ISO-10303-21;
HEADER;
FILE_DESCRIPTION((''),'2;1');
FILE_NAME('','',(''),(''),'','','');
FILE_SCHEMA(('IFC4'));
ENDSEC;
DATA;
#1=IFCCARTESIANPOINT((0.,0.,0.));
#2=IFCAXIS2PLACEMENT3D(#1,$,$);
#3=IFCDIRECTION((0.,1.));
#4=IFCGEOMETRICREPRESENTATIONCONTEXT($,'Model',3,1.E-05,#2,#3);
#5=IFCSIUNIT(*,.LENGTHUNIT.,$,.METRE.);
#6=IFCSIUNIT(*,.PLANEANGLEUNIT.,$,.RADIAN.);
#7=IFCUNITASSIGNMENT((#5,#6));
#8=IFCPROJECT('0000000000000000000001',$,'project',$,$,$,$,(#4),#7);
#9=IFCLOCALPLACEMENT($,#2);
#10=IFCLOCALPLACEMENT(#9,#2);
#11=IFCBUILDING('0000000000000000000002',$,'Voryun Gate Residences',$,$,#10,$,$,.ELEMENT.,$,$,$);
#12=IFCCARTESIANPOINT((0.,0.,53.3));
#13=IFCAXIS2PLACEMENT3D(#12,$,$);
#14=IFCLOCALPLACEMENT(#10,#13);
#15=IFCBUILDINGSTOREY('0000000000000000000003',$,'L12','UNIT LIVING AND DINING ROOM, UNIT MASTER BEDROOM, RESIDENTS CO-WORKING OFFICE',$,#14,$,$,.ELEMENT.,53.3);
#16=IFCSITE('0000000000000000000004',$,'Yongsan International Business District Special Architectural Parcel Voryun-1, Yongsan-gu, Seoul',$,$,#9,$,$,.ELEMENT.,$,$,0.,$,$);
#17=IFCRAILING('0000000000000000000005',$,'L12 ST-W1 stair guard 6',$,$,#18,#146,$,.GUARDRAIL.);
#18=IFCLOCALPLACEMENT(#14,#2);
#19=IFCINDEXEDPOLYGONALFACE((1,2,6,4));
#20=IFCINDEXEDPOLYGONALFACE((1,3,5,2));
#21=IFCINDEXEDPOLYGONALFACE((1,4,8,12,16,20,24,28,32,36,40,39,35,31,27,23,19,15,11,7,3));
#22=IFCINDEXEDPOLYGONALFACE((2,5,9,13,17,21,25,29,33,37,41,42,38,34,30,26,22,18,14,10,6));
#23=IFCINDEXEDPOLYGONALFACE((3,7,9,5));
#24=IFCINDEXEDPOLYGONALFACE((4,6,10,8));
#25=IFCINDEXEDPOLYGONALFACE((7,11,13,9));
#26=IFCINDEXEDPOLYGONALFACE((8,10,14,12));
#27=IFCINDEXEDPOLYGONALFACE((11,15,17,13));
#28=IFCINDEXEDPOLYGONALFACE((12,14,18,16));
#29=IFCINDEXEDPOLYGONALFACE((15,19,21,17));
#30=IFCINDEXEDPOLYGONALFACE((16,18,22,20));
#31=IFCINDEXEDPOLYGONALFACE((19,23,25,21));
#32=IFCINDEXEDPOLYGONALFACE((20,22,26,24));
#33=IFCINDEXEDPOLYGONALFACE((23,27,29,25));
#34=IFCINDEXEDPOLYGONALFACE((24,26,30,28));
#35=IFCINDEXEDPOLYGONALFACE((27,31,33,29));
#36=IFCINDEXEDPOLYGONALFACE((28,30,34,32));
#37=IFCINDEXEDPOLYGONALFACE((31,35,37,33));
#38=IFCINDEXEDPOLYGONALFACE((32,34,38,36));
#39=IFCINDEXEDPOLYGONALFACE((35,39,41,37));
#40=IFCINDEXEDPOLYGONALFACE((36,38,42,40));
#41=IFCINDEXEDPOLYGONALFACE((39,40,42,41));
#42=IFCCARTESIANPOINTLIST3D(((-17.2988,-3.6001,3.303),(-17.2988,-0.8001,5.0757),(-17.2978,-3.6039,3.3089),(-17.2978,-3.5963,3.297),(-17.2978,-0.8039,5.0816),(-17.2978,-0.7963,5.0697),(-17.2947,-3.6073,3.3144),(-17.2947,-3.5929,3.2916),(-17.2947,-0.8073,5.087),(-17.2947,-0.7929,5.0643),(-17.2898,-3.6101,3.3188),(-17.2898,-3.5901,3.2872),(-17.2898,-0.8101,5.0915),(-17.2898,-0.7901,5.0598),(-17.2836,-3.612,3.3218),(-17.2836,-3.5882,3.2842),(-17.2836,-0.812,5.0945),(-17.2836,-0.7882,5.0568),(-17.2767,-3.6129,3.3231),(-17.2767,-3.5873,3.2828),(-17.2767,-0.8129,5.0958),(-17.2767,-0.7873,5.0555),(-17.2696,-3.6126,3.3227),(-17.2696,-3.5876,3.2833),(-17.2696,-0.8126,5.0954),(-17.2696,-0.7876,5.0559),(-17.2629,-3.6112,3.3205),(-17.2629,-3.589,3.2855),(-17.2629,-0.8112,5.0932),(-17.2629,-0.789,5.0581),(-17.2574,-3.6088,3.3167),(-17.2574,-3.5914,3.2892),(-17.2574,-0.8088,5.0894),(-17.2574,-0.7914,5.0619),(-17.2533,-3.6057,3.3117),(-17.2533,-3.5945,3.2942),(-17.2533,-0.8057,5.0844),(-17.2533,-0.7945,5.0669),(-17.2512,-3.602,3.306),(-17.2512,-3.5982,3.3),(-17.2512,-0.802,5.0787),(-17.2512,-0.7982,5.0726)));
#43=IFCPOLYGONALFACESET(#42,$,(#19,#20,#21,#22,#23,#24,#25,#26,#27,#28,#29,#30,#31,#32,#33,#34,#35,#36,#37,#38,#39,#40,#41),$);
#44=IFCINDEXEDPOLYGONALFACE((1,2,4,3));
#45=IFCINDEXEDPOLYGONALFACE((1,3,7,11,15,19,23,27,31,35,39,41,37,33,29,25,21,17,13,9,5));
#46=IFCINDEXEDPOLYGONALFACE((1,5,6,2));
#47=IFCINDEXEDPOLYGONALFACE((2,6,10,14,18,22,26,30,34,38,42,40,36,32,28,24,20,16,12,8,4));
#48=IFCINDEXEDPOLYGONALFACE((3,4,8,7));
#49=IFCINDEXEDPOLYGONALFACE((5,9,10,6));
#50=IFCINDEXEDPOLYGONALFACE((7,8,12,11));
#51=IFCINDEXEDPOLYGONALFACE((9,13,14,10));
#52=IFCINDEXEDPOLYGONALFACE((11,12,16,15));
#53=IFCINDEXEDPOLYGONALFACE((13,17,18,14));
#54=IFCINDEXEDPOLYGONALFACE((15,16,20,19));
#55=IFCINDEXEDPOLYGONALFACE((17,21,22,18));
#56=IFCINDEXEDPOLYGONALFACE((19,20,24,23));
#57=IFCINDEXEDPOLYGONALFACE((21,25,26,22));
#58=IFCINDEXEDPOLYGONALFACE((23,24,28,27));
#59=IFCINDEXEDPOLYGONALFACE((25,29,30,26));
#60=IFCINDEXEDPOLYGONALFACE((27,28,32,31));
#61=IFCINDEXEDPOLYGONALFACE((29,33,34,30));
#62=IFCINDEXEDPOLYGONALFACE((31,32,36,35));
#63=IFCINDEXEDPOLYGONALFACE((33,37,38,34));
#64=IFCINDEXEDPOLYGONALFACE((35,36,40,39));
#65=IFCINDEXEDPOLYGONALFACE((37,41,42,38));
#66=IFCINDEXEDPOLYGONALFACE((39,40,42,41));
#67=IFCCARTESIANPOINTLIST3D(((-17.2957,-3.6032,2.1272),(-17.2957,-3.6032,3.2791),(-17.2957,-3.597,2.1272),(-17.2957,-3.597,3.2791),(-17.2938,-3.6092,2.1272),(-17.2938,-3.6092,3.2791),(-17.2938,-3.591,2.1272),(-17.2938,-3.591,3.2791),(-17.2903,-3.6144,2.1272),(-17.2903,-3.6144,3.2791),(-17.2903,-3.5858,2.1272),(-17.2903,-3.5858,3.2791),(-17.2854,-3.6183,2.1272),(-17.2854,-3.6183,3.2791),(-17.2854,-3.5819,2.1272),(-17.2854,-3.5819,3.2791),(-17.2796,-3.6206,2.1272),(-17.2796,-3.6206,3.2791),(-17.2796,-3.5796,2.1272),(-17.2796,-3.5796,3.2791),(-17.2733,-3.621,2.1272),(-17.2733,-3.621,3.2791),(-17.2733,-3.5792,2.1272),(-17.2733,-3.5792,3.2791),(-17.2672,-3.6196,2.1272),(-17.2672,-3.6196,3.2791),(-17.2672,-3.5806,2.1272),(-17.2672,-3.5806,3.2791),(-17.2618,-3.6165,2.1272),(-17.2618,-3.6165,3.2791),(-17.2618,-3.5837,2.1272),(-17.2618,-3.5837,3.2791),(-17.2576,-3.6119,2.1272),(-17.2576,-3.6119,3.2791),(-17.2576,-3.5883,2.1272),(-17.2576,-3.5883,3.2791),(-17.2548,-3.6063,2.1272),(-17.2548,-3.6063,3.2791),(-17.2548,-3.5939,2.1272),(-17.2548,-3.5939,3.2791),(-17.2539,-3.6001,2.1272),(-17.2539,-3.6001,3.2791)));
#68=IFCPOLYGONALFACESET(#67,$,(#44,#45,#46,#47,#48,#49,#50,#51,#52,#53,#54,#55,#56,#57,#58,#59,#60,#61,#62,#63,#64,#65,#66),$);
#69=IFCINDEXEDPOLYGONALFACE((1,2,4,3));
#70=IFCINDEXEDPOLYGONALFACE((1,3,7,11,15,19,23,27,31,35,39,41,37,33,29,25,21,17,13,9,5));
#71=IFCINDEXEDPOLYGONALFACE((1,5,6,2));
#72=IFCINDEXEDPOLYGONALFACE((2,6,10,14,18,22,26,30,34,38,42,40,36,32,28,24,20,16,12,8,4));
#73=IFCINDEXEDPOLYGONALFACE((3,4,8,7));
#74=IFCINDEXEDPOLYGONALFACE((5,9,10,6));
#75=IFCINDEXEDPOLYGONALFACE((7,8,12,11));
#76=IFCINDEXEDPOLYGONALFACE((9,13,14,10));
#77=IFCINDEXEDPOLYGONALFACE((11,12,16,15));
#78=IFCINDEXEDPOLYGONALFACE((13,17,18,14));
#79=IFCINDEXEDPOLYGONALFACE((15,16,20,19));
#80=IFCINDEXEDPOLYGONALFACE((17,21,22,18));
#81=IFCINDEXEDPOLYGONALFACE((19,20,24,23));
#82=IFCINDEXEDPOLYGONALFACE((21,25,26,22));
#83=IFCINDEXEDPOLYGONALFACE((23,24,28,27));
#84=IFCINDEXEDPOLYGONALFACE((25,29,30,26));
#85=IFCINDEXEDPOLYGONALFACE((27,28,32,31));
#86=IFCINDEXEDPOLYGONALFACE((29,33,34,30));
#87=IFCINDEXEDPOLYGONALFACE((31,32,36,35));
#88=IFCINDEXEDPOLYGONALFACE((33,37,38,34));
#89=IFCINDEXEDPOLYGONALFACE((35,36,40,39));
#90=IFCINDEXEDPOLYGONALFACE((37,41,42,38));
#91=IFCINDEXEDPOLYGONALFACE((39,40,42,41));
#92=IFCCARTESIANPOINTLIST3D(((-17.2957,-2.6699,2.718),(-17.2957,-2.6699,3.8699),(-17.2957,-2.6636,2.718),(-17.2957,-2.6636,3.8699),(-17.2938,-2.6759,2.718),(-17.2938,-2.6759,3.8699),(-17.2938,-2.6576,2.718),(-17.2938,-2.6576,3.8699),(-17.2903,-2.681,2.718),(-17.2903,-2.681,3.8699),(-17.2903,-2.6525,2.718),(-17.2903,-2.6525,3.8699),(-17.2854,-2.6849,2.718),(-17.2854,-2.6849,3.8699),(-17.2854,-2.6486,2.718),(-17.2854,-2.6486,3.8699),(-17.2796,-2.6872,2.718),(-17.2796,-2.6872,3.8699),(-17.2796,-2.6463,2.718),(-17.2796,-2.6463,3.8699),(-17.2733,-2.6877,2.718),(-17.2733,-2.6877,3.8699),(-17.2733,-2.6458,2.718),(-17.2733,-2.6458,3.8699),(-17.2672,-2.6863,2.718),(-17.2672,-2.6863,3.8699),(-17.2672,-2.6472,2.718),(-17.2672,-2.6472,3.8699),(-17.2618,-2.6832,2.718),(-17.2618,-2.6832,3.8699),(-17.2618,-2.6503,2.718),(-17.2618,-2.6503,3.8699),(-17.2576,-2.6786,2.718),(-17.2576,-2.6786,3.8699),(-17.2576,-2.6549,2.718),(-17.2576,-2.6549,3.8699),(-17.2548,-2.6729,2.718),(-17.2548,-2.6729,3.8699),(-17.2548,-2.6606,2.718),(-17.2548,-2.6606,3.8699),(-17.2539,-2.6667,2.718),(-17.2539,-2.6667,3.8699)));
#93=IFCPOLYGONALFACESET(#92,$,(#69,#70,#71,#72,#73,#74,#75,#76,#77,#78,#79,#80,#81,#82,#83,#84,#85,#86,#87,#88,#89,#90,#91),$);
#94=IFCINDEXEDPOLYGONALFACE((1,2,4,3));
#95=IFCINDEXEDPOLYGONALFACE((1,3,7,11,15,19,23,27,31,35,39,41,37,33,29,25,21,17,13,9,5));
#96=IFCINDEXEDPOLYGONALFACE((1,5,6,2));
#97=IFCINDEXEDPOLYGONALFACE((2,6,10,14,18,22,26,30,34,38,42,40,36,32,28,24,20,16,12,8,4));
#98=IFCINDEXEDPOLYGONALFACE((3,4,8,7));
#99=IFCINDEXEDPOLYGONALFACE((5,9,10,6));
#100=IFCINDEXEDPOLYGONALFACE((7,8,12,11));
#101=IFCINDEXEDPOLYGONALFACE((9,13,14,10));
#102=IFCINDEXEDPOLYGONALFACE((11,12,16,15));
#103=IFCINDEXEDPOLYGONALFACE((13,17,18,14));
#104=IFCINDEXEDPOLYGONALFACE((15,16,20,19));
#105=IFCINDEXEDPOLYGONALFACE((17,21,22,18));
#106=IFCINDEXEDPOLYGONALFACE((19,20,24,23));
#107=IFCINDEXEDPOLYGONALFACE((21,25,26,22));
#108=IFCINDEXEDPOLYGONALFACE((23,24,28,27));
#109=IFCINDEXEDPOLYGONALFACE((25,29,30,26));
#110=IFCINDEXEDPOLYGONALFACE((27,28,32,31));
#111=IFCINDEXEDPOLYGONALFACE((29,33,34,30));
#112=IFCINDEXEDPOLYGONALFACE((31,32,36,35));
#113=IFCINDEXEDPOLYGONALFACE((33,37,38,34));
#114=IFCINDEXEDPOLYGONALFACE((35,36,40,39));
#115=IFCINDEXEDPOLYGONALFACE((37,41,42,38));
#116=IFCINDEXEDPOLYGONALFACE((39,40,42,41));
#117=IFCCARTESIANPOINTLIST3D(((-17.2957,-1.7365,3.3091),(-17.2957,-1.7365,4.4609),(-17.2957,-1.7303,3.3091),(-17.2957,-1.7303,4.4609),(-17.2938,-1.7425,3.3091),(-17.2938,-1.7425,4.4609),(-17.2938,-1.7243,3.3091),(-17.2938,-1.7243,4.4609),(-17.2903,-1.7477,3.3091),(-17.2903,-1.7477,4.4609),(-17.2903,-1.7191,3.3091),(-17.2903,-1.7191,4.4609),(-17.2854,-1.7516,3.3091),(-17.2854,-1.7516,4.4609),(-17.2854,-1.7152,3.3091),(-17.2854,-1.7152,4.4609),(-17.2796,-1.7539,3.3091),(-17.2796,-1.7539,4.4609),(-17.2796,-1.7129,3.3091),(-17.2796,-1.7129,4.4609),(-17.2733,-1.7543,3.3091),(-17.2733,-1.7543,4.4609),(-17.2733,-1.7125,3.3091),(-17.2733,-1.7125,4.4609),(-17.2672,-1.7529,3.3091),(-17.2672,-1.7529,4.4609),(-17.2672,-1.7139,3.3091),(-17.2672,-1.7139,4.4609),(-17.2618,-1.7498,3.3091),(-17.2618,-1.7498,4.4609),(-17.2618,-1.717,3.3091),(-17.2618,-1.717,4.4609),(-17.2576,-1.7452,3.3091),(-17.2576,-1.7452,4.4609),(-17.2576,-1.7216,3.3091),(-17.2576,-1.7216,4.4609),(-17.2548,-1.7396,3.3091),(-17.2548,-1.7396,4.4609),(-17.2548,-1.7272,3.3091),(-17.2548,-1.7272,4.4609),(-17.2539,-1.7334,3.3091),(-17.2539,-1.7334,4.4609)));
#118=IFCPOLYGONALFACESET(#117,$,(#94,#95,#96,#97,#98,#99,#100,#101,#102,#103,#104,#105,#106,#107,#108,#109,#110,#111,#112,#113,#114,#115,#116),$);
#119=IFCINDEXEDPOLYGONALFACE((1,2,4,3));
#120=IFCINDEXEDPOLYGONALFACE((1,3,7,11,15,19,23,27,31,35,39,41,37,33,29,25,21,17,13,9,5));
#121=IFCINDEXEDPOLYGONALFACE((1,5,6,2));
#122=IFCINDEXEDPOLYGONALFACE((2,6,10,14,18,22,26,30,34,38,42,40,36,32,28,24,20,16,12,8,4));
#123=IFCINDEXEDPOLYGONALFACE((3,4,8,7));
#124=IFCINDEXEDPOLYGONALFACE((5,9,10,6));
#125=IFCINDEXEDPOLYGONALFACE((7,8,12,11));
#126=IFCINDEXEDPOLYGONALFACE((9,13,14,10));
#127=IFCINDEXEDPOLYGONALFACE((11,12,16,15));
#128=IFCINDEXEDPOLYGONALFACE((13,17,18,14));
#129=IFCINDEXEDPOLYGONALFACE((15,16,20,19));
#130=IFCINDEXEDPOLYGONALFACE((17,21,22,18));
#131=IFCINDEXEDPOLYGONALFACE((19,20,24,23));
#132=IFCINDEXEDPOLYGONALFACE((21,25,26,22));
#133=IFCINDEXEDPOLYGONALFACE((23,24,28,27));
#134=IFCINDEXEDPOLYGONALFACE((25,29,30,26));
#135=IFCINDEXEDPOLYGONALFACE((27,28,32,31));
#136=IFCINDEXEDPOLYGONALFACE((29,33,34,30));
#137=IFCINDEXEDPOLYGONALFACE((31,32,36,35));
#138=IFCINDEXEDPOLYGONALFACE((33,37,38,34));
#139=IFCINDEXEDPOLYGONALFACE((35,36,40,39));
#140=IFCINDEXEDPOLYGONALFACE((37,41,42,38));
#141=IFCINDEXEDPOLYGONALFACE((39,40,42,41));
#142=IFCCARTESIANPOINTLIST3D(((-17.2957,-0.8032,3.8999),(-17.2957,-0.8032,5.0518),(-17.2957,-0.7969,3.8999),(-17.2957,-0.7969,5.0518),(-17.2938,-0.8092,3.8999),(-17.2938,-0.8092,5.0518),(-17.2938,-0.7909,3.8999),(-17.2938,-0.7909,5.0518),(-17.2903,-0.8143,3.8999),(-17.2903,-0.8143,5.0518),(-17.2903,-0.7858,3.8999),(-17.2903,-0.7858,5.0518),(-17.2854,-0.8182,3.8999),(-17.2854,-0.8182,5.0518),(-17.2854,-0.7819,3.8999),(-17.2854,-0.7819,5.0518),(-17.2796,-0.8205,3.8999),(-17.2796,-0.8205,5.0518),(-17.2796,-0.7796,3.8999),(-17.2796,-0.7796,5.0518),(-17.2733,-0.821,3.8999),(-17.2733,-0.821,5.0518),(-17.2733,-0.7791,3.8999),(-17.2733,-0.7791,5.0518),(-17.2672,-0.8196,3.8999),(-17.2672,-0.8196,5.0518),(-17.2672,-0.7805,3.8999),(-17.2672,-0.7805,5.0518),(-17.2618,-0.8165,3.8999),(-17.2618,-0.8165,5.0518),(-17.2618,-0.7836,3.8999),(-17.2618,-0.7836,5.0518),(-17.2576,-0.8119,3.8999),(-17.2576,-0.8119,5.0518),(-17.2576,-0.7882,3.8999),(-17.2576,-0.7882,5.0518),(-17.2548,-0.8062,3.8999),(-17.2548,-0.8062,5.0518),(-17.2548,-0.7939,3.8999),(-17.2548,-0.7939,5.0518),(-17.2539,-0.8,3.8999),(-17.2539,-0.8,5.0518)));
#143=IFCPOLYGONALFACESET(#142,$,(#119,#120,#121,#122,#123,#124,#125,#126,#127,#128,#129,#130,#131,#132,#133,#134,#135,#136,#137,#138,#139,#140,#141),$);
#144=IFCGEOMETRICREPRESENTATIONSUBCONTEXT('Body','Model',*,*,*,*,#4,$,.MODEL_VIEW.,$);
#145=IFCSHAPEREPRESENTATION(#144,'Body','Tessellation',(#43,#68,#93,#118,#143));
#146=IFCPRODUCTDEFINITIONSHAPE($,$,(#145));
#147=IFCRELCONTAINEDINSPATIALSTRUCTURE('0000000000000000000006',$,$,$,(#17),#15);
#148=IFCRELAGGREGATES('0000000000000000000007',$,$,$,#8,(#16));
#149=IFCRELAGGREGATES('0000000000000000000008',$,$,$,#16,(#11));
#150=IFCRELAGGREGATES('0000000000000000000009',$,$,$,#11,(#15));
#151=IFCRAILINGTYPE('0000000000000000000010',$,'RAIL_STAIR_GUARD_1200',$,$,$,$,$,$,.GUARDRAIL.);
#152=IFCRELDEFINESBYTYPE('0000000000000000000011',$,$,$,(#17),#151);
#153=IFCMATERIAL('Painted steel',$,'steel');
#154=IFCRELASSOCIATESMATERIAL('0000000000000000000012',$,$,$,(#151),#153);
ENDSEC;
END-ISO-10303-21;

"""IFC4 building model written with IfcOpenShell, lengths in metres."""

from ifc_helpers import new_model, si_unit, direction, frame, origin, origin_2d, place, context, subcontext, project, spatial, circle, extrude, material, type_object, element, save


model = new_model("IFC4")

# Units and contexts
model_context = context("Model", 3, precision=1e-05, world=origin(), true_north=direction((0.0, 1.0)))
body_context = subcontext(model_context, "Body", "Model", "MODEL_VIEW")
ifc_project = project(units=[si_unit("LENGTHUNIT", "METRE"), si_unit("PLANEANGLEUNIT", "RADIAN")], contexts=[model_context])

# Site, building, storey
site_placement = place(None, origin())
site = spatial("IfcSite", under=ifc_project, at=site_placement, Name="Yongsan International Business District Special Architectural Parcel Voryun-1, Yongsan-gu, Seoul", CompositionType="ELEMENT", RefElevation=0.0)
building_placement = place(site_placement, origin())
building = spatial("IfcBuilding", under=site, at=building_placement, Name="Voryun Gate Residences", CompositionType="ELEMENT")
storey_placement = place(building_placement, frame((0.0, 0.0, 53.3)))
storey = spatial("IfcBuildingStorey", under=building, at=storey_placement, Name="L12", Description="UNIT LIVING AND DINING ROOM, UNIT MASTER BEDROOM, RESIDENTS CO-WORKING OFFICE", CompositionType="ELEMENT", Elevation=53.3)

# Railing
ifc_material_1 = material(Name="Painted steel", Category="steel")
railing_type_1 = type_object("IfcRailingType", Name="RAIL_STAIR_GUARD_1200", PredefinedType="GUARDRAIL", material=ifc_material_1)
railing_1_placement = place(storey_placement, frame((-17.2749, -3.6001, 2.1272)))
element("IfcRailing", 1, at=railing_1_placement, inside=storey, type_object=railing_type_1, Name="L12 ST-W1 stair guard 6", PredefinedType="GUARDRAIL", context=body_context, shape_type="SweptSolid", body=[
    extrude(circle(Radius=0.0239, at=origin_2d()), frame((0.0, 0.0, 1.1758), z_axis=(0.0, 0.844909, 0.53491), x_axis=(-1.0, 0.0, 0.0)), (0.0, 0.0, 1.0), 3.314),
    extrude(circle(Radius=0.021, at=origin_2d()), origin(), (0.0, 0.0, 1.0), 1.1519),
    extrude(circle(Radius=0.021, at=origin_2d()), frame((0.0, 0.9333, 0.5908)), (0.0, 0.0, 1.0), 1.1519),
    extrude(circle(Radius=0.021, at=origin_2d()), frame((0.0, 1.8667, 1.1819)), (0.0, 0.0, 1.0), 1.1519),
    extrude(circle(Radius=0.021, at=origin_2d()), frame((0.0, 2.8, 1.7727)), (0.0, 0.0, 1.0), 1.1519),
])

save(model, "model.ifc")
